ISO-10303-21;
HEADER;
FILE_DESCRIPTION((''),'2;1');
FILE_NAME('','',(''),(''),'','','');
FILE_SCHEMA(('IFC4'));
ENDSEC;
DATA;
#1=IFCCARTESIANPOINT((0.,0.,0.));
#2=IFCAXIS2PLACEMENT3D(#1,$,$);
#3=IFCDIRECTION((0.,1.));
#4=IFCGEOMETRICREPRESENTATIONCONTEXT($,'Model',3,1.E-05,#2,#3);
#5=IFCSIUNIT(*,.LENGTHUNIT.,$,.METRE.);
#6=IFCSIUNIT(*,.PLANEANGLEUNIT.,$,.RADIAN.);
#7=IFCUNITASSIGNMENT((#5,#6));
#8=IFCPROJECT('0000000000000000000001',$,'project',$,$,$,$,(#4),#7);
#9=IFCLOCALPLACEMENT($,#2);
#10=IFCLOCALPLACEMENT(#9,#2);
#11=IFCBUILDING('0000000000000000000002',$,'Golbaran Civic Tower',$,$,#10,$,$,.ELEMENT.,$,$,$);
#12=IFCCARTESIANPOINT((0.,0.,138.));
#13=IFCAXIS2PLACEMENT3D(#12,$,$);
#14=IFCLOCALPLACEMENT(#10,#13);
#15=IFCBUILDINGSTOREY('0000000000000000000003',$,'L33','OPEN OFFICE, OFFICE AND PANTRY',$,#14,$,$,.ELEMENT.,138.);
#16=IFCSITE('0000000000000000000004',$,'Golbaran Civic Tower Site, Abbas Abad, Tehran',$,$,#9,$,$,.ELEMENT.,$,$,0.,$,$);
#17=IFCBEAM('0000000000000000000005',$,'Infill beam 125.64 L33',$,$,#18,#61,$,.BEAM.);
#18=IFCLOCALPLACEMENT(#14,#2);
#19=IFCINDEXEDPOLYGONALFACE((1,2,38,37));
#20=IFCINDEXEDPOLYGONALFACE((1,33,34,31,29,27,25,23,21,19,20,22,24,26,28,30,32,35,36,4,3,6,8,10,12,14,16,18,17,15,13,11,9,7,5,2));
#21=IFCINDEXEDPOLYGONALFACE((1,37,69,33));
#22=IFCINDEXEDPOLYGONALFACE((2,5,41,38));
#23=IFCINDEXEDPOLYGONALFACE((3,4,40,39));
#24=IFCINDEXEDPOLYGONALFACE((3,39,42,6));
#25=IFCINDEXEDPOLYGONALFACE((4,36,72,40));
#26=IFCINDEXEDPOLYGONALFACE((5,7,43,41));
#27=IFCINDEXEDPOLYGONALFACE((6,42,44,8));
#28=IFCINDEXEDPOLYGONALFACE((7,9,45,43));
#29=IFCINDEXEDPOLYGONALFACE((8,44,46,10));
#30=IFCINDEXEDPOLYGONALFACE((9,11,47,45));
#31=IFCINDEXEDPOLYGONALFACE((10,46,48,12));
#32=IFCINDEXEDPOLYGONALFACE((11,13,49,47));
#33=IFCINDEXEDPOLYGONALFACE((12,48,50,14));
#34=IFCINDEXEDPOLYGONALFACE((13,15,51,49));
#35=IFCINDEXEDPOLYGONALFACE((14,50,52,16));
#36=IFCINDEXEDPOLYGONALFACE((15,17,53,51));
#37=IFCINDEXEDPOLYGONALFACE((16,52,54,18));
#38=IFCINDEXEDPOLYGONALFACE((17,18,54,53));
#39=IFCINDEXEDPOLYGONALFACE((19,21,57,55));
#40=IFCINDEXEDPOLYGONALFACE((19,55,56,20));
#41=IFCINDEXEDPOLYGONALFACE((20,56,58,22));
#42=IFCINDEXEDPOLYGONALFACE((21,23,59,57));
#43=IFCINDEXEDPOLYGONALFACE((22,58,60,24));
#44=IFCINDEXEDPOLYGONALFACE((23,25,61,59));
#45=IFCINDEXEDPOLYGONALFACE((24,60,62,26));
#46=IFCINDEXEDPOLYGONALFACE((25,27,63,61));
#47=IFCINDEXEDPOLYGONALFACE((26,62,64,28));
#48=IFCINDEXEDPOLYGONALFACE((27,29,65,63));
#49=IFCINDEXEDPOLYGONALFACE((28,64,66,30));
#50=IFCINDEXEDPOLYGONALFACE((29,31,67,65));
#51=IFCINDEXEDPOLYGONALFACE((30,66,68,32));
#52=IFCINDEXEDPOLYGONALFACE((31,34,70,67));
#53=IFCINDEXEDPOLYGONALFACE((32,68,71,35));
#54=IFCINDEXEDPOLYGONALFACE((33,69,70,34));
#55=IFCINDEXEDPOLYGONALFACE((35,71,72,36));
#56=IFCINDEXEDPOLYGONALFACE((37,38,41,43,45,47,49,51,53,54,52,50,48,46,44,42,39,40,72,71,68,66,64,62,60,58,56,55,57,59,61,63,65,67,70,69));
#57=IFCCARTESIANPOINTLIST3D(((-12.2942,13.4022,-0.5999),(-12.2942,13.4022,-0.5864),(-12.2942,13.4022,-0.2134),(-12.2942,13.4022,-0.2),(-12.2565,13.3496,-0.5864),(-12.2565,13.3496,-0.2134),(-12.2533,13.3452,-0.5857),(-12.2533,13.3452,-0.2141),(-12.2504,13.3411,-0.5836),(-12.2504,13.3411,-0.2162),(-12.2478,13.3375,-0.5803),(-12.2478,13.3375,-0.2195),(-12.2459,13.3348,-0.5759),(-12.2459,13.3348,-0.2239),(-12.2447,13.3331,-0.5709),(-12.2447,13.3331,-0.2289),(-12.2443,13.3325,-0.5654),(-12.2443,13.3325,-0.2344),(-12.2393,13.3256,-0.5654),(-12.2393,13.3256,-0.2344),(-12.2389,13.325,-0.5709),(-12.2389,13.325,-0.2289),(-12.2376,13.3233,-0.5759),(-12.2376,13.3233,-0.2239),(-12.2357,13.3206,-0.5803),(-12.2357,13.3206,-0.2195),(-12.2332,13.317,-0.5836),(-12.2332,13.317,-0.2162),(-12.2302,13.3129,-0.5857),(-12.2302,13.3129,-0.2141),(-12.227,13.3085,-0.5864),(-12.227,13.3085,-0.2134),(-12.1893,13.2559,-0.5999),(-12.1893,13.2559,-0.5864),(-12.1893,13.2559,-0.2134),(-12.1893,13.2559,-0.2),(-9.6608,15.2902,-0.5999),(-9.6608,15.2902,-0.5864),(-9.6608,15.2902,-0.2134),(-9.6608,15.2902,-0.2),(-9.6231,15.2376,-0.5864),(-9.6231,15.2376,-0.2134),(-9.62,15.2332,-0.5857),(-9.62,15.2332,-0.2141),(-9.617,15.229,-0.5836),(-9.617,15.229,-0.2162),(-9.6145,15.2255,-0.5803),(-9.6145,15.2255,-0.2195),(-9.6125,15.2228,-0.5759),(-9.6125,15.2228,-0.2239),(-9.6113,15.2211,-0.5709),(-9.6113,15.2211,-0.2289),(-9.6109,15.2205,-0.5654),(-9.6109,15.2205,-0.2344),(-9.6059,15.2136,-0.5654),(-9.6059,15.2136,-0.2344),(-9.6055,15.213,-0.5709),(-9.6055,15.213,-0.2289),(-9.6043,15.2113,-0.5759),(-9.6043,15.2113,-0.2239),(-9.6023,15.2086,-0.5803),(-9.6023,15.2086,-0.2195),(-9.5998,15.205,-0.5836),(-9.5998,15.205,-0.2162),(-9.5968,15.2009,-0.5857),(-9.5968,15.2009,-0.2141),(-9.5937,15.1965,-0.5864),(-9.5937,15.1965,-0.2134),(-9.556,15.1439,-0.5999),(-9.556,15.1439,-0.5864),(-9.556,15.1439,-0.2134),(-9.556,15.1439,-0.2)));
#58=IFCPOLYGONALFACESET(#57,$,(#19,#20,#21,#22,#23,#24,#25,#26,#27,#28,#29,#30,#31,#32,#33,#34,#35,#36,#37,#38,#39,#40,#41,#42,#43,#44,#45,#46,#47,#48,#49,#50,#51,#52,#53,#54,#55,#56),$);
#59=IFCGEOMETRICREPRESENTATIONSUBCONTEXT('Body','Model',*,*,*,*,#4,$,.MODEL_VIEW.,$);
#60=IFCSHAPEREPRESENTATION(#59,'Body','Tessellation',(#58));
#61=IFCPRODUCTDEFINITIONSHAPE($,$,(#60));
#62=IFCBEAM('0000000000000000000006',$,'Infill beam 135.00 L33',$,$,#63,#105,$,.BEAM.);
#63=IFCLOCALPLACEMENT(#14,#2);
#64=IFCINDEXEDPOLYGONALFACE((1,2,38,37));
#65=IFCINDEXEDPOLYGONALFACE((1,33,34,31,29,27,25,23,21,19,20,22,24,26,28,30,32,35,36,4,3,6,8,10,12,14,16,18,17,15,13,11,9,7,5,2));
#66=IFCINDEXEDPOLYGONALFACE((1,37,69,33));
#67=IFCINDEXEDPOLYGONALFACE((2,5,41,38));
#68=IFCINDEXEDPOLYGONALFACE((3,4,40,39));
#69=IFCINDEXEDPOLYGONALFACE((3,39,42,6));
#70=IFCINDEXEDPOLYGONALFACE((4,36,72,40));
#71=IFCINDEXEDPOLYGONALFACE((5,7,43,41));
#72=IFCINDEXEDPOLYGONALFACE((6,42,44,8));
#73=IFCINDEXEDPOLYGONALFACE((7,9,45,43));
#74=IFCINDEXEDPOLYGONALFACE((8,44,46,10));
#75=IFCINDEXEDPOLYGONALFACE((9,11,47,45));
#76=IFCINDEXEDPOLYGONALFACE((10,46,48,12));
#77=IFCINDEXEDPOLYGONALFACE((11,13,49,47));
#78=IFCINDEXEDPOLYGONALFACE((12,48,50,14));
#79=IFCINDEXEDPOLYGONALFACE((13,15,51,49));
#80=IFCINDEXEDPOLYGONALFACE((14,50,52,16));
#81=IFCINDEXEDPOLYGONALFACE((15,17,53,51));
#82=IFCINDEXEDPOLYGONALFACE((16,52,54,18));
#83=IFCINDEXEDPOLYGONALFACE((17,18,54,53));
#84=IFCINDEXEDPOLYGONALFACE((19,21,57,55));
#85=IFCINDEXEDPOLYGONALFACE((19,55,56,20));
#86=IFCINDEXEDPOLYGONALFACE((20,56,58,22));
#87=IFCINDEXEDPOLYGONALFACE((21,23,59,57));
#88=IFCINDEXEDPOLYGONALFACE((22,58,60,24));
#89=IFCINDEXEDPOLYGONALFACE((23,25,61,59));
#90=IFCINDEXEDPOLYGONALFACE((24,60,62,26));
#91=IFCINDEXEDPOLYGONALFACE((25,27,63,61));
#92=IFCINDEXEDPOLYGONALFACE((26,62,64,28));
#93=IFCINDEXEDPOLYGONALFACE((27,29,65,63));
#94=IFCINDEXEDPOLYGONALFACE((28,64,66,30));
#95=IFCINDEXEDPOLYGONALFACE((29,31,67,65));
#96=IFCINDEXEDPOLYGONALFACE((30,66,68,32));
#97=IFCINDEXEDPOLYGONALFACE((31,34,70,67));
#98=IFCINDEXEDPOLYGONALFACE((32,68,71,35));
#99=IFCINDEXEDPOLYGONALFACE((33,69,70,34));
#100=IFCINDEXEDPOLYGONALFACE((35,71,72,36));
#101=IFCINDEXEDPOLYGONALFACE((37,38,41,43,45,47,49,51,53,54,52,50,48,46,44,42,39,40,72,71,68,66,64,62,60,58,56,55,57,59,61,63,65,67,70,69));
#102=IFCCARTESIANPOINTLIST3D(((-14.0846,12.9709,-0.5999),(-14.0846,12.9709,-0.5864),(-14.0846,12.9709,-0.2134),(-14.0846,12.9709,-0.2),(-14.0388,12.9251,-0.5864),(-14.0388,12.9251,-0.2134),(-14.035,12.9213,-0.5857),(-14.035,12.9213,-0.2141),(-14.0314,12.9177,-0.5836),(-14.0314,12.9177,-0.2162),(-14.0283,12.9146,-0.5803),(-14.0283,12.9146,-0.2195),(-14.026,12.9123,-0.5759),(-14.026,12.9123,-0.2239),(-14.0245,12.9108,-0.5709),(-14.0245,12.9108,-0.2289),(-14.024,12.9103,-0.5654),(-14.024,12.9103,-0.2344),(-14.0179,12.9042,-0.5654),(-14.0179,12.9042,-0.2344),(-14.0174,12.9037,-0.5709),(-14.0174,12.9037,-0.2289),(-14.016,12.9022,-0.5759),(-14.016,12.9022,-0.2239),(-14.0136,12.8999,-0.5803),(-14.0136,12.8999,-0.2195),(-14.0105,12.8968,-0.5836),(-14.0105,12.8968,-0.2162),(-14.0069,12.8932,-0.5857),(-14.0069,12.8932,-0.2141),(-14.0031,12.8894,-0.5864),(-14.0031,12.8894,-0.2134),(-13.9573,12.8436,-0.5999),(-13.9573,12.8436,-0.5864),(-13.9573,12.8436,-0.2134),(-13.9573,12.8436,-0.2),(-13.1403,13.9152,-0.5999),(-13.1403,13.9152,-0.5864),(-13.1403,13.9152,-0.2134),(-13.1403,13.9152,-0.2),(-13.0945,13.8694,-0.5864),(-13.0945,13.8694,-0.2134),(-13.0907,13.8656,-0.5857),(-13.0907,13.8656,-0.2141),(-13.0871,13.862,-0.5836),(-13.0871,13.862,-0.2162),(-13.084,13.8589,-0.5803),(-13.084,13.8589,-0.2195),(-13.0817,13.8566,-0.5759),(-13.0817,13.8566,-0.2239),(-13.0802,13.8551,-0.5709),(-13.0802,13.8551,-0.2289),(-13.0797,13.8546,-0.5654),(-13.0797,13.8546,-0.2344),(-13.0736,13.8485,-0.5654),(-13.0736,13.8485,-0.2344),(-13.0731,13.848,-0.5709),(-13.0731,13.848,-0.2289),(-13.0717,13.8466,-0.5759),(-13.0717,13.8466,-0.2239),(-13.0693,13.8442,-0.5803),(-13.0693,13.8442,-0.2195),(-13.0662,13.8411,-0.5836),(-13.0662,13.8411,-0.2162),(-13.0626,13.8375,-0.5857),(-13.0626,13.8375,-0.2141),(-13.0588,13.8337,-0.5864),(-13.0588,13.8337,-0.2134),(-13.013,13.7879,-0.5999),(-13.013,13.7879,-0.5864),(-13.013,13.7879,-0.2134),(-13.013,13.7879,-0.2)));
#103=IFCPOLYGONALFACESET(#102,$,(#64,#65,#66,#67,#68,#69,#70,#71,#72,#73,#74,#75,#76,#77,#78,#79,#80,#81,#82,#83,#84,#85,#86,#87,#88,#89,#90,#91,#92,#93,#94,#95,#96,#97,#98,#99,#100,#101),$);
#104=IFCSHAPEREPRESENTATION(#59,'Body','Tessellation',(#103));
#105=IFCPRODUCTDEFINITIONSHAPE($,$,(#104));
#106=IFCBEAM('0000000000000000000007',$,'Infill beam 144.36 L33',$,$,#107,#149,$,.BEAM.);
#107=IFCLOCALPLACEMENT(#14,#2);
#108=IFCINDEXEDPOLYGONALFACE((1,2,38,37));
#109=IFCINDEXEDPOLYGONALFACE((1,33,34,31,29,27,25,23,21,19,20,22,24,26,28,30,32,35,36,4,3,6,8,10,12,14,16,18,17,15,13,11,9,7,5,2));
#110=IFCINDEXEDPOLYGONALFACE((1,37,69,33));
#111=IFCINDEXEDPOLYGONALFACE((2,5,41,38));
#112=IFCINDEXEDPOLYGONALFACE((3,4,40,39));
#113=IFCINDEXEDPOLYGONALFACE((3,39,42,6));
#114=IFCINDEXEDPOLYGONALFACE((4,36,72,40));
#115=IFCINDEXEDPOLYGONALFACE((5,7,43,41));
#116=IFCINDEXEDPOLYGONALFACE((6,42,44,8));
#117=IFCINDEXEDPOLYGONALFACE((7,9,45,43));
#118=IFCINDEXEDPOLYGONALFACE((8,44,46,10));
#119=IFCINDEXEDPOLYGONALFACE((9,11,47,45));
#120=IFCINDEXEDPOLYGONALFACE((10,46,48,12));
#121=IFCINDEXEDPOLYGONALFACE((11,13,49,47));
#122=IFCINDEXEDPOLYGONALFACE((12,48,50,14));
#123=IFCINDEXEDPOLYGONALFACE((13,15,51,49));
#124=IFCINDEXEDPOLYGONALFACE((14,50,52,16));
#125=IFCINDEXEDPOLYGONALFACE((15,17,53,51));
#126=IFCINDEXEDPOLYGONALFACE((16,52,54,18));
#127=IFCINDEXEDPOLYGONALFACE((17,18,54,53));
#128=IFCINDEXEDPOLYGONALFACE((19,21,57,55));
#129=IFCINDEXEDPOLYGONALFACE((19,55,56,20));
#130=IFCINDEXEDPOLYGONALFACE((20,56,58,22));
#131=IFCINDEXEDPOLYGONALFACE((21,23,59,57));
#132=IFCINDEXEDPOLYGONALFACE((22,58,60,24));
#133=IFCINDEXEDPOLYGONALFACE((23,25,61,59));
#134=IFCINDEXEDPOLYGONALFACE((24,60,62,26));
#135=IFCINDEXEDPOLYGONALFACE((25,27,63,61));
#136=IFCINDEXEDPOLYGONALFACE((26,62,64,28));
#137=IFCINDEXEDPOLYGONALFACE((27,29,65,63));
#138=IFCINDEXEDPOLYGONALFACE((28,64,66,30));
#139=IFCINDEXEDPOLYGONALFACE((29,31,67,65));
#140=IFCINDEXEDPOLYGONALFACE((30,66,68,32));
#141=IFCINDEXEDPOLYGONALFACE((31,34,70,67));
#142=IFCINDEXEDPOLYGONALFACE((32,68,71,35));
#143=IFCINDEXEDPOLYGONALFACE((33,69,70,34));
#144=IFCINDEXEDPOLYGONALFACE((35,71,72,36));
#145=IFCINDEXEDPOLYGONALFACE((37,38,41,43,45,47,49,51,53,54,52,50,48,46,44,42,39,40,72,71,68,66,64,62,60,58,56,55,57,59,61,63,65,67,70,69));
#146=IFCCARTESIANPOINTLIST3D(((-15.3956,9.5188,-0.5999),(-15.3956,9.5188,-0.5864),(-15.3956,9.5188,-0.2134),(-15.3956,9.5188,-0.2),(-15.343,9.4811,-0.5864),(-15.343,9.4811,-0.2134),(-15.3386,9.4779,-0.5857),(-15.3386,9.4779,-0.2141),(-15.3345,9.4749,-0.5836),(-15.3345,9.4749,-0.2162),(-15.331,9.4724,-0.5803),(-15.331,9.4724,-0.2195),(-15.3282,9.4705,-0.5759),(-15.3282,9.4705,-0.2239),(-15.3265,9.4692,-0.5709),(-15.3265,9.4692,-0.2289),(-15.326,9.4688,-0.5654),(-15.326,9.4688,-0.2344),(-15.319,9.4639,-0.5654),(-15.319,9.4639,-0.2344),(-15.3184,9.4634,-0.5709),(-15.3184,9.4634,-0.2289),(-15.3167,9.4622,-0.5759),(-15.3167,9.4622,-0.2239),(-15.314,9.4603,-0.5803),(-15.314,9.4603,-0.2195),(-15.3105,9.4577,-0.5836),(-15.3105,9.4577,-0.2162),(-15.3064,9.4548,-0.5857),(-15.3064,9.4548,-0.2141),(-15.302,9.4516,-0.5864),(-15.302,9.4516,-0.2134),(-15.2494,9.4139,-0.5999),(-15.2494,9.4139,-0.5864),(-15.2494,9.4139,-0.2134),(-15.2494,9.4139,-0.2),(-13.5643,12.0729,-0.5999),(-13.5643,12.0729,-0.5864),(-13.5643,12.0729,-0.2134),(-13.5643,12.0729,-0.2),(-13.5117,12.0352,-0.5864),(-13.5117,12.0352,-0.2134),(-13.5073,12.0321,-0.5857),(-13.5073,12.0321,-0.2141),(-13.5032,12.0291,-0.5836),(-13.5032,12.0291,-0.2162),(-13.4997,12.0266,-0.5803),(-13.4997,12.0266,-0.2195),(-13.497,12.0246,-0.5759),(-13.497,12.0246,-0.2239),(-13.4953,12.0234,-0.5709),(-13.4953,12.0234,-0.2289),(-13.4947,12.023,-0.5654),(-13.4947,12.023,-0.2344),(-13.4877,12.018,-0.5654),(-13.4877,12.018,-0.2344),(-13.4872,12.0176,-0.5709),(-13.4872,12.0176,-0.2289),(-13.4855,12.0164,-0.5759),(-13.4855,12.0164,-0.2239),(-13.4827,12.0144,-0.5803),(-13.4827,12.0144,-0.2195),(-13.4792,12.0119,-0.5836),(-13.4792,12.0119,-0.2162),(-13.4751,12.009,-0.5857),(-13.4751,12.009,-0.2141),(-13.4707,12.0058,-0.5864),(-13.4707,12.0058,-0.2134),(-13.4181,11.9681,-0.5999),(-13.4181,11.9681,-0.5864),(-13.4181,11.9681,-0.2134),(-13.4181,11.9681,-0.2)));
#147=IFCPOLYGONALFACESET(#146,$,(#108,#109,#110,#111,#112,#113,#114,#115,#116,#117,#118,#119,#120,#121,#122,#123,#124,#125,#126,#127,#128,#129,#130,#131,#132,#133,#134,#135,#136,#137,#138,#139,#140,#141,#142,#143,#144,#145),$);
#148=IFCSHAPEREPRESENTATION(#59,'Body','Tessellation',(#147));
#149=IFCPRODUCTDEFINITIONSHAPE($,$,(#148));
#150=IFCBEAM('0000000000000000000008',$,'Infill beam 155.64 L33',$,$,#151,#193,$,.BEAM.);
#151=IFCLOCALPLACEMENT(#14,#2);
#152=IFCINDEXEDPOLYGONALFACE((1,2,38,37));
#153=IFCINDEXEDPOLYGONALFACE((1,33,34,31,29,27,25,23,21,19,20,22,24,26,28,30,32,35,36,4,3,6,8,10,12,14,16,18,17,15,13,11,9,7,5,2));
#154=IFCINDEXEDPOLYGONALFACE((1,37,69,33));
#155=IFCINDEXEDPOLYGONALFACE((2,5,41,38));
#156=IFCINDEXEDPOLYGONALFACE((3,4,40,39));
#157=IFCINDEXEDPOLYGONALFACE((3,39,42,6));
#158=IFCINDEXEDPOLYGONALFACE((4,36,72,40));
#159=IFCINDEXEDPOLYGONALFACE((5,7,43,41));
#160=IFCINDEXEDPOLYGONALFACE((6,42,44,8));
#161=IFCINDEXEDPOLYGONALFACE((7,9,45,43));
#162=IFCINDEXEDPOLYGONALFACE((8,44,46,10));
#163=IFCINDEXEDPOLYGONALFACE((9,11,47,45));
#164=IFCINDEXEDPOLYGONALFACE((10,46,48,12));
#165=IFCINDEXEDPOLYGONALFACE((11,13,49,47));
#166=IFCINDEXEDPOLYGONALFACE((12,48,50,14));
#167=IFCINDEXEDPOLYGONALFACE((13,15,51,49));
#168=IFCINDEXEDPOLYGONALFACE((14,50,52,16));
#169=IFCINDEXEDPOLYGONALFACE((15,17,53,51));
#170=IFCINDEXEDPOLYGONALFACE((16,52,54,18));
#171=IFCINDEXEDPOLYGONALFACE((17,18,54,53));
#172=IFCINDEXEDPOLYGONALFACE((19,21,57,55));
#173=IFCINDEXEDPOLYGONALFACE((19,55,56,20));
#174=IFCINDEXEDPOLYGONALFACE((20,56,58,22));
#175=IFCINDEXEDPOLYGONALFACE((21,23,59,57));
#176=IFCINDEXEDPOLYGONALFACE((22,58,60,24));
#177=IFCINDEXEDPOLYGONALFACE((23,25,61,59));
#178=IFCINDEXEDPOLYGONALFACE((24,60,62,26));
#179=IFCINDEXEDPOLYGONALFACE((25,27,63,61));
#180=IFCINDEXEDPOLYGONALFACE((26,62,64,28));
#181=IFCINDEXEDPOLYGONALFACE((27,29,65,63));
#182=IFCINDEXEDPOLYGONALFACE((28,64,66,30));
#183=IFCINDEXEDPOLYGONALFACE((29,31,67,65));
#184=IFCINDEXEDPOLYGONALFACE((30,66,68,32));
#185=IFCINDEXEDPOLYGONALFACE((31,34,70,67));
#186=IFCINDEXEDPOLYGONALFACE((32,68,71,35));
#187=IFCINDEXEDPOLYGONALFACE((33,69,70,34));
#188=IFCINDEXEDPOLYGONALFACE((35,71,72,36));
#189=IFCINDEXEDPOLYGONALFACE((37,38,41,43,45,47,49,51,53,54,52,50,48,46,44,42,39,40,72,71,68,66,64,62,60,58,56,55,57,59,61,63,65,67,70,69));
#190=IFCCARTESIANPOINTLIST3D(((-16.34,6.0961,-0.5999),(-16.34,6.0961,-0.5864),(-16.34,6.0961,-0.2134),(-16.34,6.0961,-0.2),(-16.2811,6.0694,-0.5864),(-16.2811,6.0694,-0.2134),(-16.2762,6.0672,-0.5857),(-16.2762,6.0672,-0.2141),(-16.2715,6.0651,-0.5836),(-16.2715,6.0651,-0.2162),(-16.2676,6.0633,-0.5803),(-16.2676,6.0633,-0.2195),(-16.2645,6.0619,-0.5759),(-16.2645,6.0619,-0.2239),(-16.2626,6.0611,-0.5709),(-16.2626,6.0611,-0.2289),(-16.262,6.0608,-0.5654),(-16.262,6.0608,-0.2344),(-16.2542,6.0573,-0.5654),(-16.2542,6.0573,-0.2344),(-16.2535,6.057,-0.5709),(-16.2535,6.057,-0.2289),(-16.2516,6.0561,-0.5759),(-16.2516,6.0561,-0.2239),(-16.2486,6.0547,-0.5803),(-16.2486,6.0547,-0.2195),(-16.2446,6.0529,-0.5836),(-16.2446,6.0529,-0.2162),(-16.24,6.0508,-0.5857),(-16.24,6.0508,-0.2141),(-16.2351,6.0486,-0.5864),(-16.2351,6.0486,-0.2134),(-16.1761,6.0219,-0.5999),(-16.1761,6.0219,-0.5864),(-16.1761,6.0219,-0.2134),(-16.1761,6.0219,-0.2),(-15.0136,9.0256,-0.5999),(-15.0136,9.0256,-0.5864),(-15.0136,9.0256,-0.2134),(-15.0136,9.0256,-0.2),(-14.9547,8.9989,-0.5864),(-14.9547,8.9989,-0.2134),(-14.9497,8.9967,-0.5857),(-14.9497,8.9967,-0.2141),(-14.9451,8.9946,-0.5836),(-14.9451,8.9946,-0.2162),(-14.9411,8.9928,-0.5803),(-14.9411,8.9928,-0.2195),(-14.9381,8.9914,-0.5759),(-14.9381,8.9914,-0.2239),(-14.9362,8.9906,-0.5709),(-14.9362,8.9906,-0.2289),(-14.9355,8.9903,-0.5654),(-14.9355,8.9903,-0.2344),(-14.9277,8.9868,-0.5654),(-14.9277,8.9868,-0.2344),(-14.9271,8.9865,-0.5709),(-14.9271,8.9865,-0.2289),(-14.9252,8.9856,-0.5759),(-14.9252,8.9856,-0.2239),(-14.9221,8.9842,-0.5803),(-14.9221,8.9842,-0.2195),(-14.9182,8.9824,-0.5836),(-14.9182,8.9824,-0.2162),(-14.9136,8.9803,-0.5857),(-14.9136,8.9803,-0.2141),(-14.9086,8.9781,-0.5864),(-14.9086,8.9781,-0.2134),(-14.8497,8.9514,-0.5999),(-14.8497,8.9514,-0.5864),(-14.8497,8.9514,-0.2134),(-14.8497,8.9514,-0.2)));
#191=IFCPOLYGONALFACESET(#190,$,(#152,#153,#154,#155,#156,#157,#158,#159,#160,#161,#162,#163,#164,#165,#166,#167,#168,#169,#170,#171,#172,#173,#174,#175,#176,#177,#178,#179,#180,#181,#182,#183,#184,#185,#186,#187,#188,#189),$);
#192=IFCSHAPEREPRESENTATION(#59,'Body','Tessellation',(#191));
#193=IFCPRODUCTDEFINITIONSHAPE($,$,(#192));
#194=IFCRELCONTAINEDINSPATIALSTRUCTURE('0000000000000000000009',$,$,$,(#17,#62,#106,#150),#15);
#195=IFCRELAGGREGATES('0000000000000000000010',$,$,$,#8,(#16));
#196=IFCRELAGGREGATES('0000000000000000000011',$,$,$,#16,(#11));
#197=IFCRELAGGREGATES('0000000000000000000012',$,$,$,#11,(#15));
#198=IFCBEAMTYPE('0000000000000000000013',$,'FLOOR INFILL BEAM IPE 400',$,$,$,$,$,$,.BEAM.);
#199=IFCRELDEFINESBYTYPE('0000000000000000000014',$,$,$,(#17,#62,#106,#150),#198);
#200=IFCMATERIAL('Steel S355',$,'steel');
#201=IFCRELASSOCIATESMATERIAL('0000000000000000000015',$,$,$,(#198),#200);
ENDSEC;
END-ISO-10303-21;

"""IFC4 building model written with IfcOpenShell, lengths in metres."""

from ifc_helpers import new_model, si_unit, direction, frame, origin, origin_2d, place, context, subcontext, project, spatial, i_section, extrude, material, material_profile, profile_set, type_object, element, save


model = new_model("IFC4")

# Units and contexts
model_context = context("Model", 3, precision=1e-05, world=origin(), true_north=direction((0.0, 1.0)))
body_context = subcontext(model_context, "Body", "Model", "MODEL_VIEW")
ifc_project = project(units=[si_unit("LENGTHUNIT", "METRE"), si_unit("PLANEANGLEUNIT", "RADIAN")], contexts=[model_context])

# Site, building, storey
site_placement = place(None, origin())
site = spatial("IfcSite", under=ifc_project, at=site_placement, Name="Golbaran Civic Tower Site, Abbas Abad, Tehran", CompositionType="ELEMENT", RefElevation=0.0)
building_placement = place(site_placement, origin())
building = spatial("IfcBuilding", under=site, at=building_placement, Name="Golbaran Civic Tower", CompositionType="ELEMENT")
storey_placement = place(building_placement, frame((0.0, 0.0, 138.0)))
storey = spatial("IfcBuildingStorey", under=building, at=storey_placement, Name="L33", Description="OPEN OFFICE, OFFICE AND PANTRY", CompositionType="ELEMENT", Elevation=138.0)

# Beams
ifc_material_1 = material(Name="Steel S355", Category="steel")
ifc_material_profile_1 = material_profile(ifc_material_1, i_section(OverallWidth=0.1799, OverallDepth=0.3999, WebThickness=0.0085, FlangeThickness=0.0134, FilletRadius=0.021, at=origin_2d()), Name="IPE 400")
ifc_profile_set_1 = profile_set([ifc_material_profile_1], Name="Steel S355")
beam_type_1 = type_object("IfcBeamType", Name="FLOOR INFILL BEAM IPE 400", PredefinedType="BEAM", material=ifc_profile_set_1)
beam_1_placement = place(storey_placement, frame((-9.6084, 15.217, -0.3999), z_axis=(-0.812709, -0.58267, 0.0), x_axis=(0.58267, -0.812709, 0.0)))
element("IfcBeam", 1, at=beam_1_placement, inside=storey, type_object=beam_type_1, Name="Infill beam 125.64 L33", PredefinedType="BEAM", context=body_context, shape_type="SweptSolid", body=[
    extrude(i_section(OverallWidth=0.1799, OverallDepth=0.3999, WebThickness=0.0085, FlangeThickness=0.0134, FilletRadius=0.021, at=origin_2d()), origin(), (0.0, 0.0, 1.0), 3.2402),
])
beam_2_placement = place(storey_placement, frame((-13.0767, 13.8516, -0.3999), z_axis=(-0.707107, -0.707107, 0.0), x_axis=(0.707107, -0.707107, 0.0)))
element("IfcBeam", 2, at=beam_2_placement, inside=storey, type_object=beam_type_1, Name="Infill beam 135.00 L33", PredefinedType="BEAM", context=body_context, shape_type="SweptSolid", body=[
    extrude(i_section(OverallWidth=0.1799, OverallDepth=0.3999, WebThickness=0.0085, FlangeThickness=0.0134, FilletRadius=0.021, at=origin_2d()), origin(), (0.0, 0.0, 1.0), 1.3354),
])
beam_3_placement = place(storey_placement, frame((-13.4912, 12.0205, -0.3999), z_axis=(-0.582685, -0.812698, 0.0), x_axis=(0.812698, -0.582685, 0.0)))
element("IfcBeam", 3, at=beam_3_placement, inside=storey, type_object=beam_type_1, Name="Infill beam 144.36 L33", PredefinedType="BEAM", context=body_context, shape_type="SweptSolid", body=[
    extrude(i_section(OverallWidth=0.1799, OverallDepth=0.3999, WebThickness=0.0085, FlangeThickness=0.0134, FilletRadius=0.021, at=origin_2d()), origin(), (0.0, 0.0, 1.0), 3.1428),
])
beam_4_placement = place(storey_placement, frame((-14.9316, 8.9885, -0.3999), z_axis=(-0.412475, -0.910969, 0.0), x_axis=(0.910969, -0.412475, 0.0)))
element("IfcBeam", 4, at=beam_4_placement, inside=storey, type_object=beam_type_1, Name="Infill beam 155.64 L33", PredefinedType="BEAM", context=body_context, shape_type="SweptSolid", body=[
    extrude(i_section(OverallWidth=0.1799, OverallDepth=0.3999, WebThickness=0.0085, FlangeThickness=0.0134, FilletRadius=0.021, at=origin_2d()), origin(), (0.0, 0.0, 1.0), 3.2158),
])

save(model, "model.ifc")
